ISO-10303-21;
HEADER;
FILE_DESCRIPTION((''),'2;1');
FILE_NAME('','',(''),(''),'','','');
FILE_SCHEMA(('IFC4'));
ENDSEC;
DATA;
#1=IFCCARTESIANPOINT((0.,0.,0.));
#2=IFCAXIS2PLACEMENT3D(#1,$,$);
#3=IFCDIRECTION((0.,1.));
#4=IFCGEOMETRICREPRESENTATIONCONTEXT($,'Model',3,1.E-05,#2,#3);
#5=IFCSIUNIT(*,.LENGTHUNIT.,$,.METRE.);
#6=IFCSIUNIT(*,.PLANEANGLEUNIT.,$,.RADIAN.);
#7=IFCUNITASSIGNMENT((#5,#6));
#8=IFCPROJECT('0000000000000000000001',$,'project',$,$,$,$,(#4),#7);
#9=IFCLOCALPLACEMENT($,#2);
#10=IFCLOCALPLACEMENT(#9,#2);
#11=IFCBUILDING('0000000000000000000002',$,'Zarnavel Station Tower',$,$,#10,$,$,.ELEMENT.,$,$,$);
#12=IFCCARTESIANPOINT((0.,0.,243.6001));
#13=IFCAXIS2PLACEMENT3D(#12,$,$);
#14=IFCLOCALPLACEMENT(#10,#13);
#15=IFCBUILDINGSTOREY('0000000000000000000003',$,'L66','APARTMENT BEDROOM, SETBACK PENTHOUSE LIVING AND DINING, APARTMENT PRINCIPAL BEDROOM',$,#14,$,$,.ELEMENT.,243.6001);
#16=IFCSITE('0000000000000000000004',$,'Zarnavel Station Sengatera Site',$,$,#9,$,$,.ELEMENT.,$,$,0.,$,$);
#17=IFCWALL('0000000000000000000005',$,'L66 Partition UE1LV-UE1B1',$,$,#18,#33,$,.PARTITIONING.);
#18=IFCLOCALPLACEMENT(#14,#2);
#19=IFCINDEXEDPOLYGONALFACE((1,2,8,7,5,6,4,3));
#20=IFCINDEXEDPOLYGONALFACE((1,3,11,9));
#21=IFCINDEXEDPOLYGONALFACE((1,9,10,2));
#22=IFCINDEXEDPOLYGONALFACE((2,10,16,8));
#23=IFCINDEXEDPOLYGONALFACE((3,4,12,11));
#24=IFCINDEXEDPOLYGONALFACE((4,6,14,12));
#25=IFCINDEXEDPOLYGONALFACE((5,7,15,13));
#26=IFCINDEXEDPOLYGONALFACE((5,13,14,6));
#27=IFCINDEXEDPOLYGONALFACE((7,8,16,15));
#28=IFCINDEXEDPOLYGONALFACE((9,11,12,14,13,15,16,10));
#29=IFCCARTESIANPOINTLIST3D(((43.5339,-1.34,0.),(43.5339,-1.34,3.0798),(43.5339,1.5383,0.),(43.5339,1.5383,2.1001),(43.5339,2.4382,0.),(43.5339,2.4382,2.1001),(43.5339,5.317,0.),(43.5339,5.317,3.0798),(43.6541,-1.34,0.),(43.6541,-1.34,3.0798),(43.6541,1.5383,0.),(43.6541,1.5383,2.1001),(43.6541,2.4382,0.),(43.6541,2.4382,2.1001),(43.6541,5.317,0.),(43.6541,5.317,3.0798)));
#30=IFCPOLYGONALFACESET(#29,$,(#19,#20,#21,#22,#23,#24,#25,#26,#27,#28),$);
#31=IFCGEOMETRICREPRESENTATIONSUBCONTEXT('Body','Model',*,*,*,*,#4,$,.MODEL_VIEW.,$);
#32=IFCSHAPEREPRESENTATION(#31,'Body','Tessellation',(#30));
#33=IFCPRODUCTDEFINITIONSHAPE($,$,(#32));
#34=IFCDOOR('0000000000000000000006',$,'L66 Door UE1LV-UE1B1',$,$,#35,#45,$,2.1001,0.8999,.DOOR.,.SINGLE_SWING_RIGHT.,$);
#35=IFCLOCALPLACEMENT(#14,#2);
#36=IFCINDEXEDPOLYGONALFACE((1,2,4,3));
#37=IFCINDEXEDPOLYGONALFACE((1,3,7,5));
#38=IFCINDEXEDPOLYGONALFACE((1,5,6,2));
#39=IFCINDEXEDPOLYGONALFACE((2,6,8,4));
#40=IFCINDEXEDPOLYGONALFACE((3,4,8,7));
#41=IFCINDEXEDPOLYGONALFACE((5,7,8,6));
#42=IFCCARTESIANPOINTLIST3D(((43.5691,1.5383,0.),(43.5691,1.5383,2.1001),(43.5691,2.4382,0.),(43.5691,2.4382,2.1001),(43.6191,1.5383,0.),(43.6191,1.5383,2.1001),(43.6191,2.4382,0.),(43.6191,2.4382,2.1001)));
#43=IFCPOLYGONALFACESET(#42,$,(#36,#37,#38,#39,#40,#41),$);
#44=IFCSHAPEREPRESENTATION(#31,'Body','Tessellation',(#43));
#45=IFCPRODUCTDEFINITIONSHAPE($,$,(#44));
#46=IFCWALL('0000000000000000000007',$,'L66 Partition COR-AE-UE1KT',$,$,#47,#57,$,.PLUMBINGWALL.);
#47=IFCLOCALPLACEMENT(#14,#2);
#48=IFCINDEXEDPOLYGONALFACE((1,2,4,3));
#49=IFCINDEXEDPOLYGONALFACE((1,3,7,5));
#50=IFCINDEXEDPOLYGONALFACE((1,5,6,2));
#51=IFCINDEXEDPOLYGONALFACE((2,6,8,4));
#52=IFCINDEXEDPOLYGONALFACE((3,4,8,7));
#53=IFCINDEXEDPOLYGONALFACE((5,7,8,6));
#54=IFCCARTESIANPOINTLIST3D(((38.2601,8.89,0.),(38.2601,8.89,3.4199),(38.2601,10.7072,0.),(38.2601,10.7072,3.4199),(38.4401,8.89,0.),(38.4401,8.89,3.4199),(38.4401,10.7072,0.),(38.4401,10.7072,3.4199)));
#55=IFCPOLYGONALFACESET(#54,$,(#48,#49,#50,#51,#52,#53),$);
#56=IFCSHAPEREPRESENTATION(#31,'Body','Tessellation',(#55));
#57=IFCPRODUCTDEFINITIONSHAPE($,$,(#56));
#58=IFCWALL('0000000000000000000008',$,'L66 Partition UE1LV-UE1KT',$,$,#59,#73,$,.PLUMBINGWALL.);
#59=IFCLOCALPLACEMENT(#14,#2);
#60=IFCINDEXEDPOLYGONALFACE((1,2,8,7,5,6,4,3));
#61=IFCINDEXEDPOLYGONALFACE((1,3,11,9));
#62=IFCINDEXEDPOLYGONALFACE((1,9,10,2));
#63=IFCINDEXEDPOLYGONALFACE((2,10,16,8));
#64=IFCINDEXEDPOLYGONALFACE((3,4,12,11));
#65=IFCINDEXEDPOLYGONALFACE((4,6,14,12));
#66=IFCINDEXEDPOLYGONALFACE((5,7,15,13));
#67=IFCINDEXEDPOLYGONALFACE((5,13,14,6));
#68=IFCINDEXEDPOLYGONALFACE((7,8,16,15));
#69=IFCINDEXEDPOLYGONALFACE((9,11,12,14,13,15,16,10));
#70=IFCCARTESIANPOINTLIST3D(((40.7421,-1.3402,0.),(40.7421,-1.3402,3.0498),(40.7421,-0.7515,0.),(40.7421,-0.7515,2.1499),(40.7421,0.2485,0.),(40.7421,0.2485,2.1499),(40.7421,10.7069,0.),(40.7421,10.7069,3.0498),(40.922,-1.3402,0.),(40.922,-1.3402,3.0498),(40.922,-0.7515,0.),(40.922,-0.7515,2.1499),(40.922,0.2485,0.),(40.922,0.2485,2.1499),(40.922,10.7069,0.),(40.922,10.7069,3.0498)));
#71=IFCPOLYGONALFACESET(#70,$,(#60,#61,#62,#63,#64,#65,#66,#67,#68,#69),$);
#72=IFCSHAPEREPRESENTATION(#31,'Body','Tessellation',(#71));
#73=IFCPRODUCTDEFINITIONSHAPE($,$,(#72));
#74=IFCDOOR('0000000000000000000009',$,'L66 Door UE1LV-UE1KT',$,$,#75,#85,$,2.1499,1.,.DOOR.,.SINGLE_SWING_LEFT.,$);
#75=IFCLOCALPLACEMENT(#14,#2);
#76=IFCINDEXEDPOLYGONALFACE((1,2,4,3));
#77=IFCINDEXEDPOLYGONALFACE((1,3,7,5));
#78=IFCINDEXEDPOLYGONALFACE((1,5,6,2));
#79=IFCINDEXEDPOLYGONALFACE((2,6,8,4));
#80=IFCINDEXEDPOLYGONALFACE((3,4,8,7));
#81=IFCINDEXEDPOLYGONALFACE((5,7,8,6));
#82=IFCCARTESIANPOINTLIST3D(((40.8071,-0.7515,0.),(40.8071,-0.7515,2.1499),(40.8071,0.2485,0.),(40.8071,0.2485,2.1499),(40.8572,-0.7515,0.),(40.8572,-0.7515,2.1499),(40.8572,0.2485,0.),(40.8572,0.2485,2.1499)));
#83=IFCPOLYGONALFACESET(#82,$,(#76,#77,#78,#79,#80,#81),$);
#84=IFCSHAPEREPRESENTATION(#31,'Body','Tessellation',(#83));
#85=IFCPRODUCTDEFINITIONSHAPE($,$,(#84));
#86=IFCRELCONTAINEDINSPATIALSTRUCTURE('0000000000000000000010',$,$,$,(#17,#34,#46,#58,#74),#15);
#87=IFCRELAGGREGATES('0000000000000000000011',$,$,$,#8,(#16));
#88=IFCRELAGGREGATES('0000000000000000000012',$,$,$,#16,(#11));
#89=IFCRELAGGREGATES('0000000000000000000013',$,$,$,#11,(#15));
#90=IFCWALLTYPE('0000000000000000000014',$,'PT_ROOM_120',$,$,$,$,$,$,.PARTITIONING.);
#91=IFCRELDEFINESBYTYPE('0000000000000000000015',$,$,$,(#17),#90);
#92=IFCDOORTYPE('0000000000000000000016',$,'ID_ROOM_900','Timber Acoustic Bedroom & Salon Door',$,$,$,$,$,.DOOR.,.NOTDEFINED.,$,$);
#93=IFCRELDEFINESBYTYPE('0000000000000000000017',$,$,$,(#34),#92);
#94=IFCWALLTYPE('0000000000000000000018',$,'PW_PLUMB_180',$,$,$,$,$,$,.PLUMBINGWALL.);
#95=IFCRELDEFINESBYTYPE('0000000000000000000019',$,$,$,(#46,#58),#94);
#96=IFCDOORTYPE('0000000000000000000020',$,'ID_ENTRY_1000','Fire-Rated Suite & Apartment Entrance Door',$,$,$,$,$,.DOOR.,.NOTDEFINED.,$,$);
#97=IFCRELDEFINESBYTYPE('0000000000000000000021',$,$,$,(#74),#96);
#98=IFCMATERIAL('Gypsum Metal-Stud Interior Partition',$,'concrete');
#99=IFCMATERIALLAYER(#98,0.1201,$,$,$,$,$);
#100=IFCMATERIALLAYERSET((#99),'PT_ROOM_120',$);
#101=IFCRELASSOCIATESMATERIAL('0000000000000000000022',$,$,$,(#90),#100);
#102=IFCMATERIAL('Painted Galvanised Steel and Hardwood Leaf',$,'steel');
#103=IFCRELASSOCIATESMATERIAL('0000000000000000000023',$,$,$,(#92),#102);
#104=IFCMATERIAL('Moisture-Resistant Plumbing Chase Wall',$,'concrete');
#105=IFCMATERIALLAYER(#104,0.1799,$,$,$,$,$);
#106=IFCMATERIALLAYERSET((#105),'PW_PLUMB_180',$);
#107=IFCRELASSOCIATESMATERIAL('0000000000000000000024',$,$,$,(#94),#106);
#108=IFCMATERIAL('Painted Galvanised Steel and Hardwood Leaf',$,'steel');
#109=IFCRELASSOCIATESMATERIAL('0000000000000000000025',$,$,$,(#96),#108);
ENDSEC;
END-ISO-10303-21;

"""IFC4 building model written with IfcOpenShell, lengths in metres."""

from ifc_helpers import new_model, si_unit, direction, frame, frame_2d, origin, place, context, subcontext, project, spatial, rectangle, extrude, material, layer, layer_set, type_object, element, fill, save


model = new_model("IFC4")

# Units and contexts
model_context = context("Model", 3, precision=1e-05, world=origin(), true_north=direction((0.0, 1.0)))
body_context = subcontext(model_context, "Body", "Model", "MODEL_VIEW")
ifc_project = project(units=[si_unit("LENGTHUNIT", "METRE"), si_unit("PLANEANGLEUNIT", "RADIAN")], contexts=[model_context])

# Site, building, storey
site_placement = place(None, origin())
site = spatial("IfcSite", under=ifc_project, at=site_placement, Name="Zarnavel Station Sengatera Site", CompositionType="ELEMENT", RefElevation=0.0)
building_placement = place(site_placement, origin())
building = spatial("IfcBuilding", under=site, at=building_placement, Name="Zarnavel Station Tower", CompositionType="ELEMENT")
storey_placement = place(building_placement, frame((0.0, 0.0, 243.6001)))
storey = spatial("IfcBuildingStorey", under=building, at=storey_placement, Name="L66", Description="APARTMENT BEDROOM, SETBACK PENTHOUSE LIVING AND DINING, APARTMENT PRINCIPAL BEDROOM", CompositionType="ELEMENT", Elevation=243.6001)

# Wall, opening, door
ifc_material_1 = material(Name="Gypsum Metal-Stud Interior Partition", Category="concrete")
ifc_layer_1 = layer(ifc_material_1, 0.1201)
ifc_layer_set_1 = layer_set([ifc_layer_1], Name="PT_ROOM_120")
wall_type_1 = type_object("IfcWallType", Name="PT_ROOM_120", PredefinedType="PARTITIONING", material=ifc_layer_set_1)
wall_1_placement = place(storey_placement, frame((43.594, -1.3401, 0.0), z_axis=(0.0, 0.0, 1.0), x_axis=(0.0, 1.0, 0.0)))
wall_1 = element("IfcWall", 1, at=wall_1_placement, inside=storey, type_object=wall_type_1, Name="L66 Partition UE1LV-UE1B1", PredefinedType="PARTITIONING", context=body_context, shape_type="SweptSolid", body=[
    extrude(rectangle(XDim=6.657, YDim=0.1201, at=frame_2d((3.3286, 0.0))), origin(), (0.0, 0.0, 1.0), 3.0798),
])
opening_1_placement = place(wall_1_placement, frame((2.8784, 0.0, 0.0)))
opening_1 = element("IfcOpeningElement", 2, at=opening_1_placement, cuts=wall_1, PredefinedType="OPENING", context=body_context, shape_type="SweptSolid", body=[
    extrude(rectangle(XDim=0.8999, YDim=2.1001, at=frame_2d((0.45, 1.05))), frame((0.0, 0.0701, 0.0), z_axis=(0.0, -1.0, 0.0), x_axis=(1.0, 0.0, 0.0)), (0.0, 0.0, 1.0), 0.1401),
])
ifc_material_2 = material(Name="Painted Galvanised Steel and Hardwood Leaf", Category="steel")
door_type_1 = type_object("IfcDoorType", Name="ID_ROOM_900", Description="Timber Acoustic Bedroom & Salon Door", OperationType="NOTDEFINED", PredefinedType="DOOR", material=ifc_material_2)
door_1_placement = place(opening_1_placement, origin())
door_1 = element("IfcDoor", 3, at=door_1_placement, inside=storey, type_object=door_type_1, Name="L66 Door UE1LV-UE1B1", OperationType="SINGLE_SWING_RIGHT", OverallHeight=2.1001, OverallWidth=0.8999, PredefinedType="DOOR", context=body_context, shape_type="SweptSolid", body=[
    extrude(rectangle(XDim=0.8999, YDim=2.1001, at=frame_2d((0.45, 1.05))), frame((0.0, 0.0249, 0.0), z_axis=(0.0, -1.0, 0.0), x_axis=(1.0, 0.0, 0.0)), (0.0, 0.0, 1.0), 0.05),
])
fill(opening_1, door_1)

# Wall
ifc_material_3 = material(Name="Moisture-Resistant Plumbing Chase Wall", Category="concrete")
ifc_layer_2 = layer(ifc_material_3, 0.1799)
ifc_layer_set_2 = layer_set([ifc_layer_2], Name="PW_PLUMB_180")
wall_type_2 = type_object("IfcWallType", Name="PW_PLUMB_180", PredefinedType="PLUMBINGWALL", material=ifc_layer_set_2)
wall_2_placement = place(storey_placement, frame((38.3501, 8.8899, 0.0), z_axis=(0.0, 0.0, 1.0), x_axis=(0.0, 1.0, 0.0)))
element("IfcWall", 4, at=wall_2_placement, inside=storey, type_object=wall_type_2, Name="L66 Partition COR-AE-UE1KT", PredefinedType="PLUMBINGWALL", context=body_context, shape_type="SweptSolid", body=[
    extrude(rectangle(XDim=1.8171, YDim=0.1799, at=frame_2d((0.9087, 0.0))), origin(), (0.0, 0.0, 1.0), 3.4199),
])

# Wall, opening, door
wall_3_placement = place(storey_placement, frame((40.832, -1.3401, 0.0), z_axis=(0.0, 0.0, 1.0), x_axis=(0.0, 1.0, 0.0)))
wall_3 = element("IfcWall", 5, at=wall_3_placement, inside=storey, type_object=wall_type_2, Name="L66 Partition UE1LV-UE1KT", PredefinedType="PLUMBINGWALL", context=body_context, shape_type="SweptSolid", body=[
    extrude(rectangle(XDim=12.0471, YDim=0.1799, at=frame_2d((6.0234, 0.0))), origin(), (0.0, 0.0, 1.0), 3.0498),
])
opening_2_placement = place(wall_3_placement, frame((0.5886, 0.0, 0.0)))
opening_2 = element("IfcOpeningElement", 6, at=opening_2_placement, cuts=wall_3, PredefinedType="OPENING", context=body_context, shape_type="SweptSolid", body=[
    extrude(rectangle(XDim=1.0, YDim=2.1499, at=frame_2d((0.5, 1.075))), frame((0.0, 0.0999, 0.0), z_axis=(0.0, -1.0, 0.0), x_axis=(1.0, 0.0, 0.0)), (0.0, 0.0, 1.0), 0.2),
])
ifc_material_4 = material(Name="Painted Galvanised Steel and Hardwood Leaf", Category="steel")
door_type_2 = type_object("IfcDoorType", Name="ID_ENTRY_1000", Description="Fire-Rated Suite & Apartment Entrance Door", OperationType="NOTDEFINED", PredefinedType="DOOR", material=ifc_material_4)
door_2_placement = place(opening_2_placement, origin())
door_2 = element("IfcDoor", 7, at=door_2_placement, inside=storey, type_object=door_type_2, Name="L66 Door UE1LV-UE1KT", OperationType="SINGLE_SWING_LEFT", OverallHeight=2.1499, OverallWidth=1.0, PredefinedType="DOOR", context=body_context, shape_type="SweptSolid", body=[
    extrude(rectangle(XDim=1.0, YDim=2.1499, at=frame_2d((0.5, 1.075))), frame((0.0, 0.0249, 0.0), z_axis=(0.0, -1.0, 0.0), x_axis=(1.0, 0.0, 0.0)), (0.0, 0.0, 1.0), 0.05),
])
fill(opening_2, door_2)

save(model, "model.ifc")
